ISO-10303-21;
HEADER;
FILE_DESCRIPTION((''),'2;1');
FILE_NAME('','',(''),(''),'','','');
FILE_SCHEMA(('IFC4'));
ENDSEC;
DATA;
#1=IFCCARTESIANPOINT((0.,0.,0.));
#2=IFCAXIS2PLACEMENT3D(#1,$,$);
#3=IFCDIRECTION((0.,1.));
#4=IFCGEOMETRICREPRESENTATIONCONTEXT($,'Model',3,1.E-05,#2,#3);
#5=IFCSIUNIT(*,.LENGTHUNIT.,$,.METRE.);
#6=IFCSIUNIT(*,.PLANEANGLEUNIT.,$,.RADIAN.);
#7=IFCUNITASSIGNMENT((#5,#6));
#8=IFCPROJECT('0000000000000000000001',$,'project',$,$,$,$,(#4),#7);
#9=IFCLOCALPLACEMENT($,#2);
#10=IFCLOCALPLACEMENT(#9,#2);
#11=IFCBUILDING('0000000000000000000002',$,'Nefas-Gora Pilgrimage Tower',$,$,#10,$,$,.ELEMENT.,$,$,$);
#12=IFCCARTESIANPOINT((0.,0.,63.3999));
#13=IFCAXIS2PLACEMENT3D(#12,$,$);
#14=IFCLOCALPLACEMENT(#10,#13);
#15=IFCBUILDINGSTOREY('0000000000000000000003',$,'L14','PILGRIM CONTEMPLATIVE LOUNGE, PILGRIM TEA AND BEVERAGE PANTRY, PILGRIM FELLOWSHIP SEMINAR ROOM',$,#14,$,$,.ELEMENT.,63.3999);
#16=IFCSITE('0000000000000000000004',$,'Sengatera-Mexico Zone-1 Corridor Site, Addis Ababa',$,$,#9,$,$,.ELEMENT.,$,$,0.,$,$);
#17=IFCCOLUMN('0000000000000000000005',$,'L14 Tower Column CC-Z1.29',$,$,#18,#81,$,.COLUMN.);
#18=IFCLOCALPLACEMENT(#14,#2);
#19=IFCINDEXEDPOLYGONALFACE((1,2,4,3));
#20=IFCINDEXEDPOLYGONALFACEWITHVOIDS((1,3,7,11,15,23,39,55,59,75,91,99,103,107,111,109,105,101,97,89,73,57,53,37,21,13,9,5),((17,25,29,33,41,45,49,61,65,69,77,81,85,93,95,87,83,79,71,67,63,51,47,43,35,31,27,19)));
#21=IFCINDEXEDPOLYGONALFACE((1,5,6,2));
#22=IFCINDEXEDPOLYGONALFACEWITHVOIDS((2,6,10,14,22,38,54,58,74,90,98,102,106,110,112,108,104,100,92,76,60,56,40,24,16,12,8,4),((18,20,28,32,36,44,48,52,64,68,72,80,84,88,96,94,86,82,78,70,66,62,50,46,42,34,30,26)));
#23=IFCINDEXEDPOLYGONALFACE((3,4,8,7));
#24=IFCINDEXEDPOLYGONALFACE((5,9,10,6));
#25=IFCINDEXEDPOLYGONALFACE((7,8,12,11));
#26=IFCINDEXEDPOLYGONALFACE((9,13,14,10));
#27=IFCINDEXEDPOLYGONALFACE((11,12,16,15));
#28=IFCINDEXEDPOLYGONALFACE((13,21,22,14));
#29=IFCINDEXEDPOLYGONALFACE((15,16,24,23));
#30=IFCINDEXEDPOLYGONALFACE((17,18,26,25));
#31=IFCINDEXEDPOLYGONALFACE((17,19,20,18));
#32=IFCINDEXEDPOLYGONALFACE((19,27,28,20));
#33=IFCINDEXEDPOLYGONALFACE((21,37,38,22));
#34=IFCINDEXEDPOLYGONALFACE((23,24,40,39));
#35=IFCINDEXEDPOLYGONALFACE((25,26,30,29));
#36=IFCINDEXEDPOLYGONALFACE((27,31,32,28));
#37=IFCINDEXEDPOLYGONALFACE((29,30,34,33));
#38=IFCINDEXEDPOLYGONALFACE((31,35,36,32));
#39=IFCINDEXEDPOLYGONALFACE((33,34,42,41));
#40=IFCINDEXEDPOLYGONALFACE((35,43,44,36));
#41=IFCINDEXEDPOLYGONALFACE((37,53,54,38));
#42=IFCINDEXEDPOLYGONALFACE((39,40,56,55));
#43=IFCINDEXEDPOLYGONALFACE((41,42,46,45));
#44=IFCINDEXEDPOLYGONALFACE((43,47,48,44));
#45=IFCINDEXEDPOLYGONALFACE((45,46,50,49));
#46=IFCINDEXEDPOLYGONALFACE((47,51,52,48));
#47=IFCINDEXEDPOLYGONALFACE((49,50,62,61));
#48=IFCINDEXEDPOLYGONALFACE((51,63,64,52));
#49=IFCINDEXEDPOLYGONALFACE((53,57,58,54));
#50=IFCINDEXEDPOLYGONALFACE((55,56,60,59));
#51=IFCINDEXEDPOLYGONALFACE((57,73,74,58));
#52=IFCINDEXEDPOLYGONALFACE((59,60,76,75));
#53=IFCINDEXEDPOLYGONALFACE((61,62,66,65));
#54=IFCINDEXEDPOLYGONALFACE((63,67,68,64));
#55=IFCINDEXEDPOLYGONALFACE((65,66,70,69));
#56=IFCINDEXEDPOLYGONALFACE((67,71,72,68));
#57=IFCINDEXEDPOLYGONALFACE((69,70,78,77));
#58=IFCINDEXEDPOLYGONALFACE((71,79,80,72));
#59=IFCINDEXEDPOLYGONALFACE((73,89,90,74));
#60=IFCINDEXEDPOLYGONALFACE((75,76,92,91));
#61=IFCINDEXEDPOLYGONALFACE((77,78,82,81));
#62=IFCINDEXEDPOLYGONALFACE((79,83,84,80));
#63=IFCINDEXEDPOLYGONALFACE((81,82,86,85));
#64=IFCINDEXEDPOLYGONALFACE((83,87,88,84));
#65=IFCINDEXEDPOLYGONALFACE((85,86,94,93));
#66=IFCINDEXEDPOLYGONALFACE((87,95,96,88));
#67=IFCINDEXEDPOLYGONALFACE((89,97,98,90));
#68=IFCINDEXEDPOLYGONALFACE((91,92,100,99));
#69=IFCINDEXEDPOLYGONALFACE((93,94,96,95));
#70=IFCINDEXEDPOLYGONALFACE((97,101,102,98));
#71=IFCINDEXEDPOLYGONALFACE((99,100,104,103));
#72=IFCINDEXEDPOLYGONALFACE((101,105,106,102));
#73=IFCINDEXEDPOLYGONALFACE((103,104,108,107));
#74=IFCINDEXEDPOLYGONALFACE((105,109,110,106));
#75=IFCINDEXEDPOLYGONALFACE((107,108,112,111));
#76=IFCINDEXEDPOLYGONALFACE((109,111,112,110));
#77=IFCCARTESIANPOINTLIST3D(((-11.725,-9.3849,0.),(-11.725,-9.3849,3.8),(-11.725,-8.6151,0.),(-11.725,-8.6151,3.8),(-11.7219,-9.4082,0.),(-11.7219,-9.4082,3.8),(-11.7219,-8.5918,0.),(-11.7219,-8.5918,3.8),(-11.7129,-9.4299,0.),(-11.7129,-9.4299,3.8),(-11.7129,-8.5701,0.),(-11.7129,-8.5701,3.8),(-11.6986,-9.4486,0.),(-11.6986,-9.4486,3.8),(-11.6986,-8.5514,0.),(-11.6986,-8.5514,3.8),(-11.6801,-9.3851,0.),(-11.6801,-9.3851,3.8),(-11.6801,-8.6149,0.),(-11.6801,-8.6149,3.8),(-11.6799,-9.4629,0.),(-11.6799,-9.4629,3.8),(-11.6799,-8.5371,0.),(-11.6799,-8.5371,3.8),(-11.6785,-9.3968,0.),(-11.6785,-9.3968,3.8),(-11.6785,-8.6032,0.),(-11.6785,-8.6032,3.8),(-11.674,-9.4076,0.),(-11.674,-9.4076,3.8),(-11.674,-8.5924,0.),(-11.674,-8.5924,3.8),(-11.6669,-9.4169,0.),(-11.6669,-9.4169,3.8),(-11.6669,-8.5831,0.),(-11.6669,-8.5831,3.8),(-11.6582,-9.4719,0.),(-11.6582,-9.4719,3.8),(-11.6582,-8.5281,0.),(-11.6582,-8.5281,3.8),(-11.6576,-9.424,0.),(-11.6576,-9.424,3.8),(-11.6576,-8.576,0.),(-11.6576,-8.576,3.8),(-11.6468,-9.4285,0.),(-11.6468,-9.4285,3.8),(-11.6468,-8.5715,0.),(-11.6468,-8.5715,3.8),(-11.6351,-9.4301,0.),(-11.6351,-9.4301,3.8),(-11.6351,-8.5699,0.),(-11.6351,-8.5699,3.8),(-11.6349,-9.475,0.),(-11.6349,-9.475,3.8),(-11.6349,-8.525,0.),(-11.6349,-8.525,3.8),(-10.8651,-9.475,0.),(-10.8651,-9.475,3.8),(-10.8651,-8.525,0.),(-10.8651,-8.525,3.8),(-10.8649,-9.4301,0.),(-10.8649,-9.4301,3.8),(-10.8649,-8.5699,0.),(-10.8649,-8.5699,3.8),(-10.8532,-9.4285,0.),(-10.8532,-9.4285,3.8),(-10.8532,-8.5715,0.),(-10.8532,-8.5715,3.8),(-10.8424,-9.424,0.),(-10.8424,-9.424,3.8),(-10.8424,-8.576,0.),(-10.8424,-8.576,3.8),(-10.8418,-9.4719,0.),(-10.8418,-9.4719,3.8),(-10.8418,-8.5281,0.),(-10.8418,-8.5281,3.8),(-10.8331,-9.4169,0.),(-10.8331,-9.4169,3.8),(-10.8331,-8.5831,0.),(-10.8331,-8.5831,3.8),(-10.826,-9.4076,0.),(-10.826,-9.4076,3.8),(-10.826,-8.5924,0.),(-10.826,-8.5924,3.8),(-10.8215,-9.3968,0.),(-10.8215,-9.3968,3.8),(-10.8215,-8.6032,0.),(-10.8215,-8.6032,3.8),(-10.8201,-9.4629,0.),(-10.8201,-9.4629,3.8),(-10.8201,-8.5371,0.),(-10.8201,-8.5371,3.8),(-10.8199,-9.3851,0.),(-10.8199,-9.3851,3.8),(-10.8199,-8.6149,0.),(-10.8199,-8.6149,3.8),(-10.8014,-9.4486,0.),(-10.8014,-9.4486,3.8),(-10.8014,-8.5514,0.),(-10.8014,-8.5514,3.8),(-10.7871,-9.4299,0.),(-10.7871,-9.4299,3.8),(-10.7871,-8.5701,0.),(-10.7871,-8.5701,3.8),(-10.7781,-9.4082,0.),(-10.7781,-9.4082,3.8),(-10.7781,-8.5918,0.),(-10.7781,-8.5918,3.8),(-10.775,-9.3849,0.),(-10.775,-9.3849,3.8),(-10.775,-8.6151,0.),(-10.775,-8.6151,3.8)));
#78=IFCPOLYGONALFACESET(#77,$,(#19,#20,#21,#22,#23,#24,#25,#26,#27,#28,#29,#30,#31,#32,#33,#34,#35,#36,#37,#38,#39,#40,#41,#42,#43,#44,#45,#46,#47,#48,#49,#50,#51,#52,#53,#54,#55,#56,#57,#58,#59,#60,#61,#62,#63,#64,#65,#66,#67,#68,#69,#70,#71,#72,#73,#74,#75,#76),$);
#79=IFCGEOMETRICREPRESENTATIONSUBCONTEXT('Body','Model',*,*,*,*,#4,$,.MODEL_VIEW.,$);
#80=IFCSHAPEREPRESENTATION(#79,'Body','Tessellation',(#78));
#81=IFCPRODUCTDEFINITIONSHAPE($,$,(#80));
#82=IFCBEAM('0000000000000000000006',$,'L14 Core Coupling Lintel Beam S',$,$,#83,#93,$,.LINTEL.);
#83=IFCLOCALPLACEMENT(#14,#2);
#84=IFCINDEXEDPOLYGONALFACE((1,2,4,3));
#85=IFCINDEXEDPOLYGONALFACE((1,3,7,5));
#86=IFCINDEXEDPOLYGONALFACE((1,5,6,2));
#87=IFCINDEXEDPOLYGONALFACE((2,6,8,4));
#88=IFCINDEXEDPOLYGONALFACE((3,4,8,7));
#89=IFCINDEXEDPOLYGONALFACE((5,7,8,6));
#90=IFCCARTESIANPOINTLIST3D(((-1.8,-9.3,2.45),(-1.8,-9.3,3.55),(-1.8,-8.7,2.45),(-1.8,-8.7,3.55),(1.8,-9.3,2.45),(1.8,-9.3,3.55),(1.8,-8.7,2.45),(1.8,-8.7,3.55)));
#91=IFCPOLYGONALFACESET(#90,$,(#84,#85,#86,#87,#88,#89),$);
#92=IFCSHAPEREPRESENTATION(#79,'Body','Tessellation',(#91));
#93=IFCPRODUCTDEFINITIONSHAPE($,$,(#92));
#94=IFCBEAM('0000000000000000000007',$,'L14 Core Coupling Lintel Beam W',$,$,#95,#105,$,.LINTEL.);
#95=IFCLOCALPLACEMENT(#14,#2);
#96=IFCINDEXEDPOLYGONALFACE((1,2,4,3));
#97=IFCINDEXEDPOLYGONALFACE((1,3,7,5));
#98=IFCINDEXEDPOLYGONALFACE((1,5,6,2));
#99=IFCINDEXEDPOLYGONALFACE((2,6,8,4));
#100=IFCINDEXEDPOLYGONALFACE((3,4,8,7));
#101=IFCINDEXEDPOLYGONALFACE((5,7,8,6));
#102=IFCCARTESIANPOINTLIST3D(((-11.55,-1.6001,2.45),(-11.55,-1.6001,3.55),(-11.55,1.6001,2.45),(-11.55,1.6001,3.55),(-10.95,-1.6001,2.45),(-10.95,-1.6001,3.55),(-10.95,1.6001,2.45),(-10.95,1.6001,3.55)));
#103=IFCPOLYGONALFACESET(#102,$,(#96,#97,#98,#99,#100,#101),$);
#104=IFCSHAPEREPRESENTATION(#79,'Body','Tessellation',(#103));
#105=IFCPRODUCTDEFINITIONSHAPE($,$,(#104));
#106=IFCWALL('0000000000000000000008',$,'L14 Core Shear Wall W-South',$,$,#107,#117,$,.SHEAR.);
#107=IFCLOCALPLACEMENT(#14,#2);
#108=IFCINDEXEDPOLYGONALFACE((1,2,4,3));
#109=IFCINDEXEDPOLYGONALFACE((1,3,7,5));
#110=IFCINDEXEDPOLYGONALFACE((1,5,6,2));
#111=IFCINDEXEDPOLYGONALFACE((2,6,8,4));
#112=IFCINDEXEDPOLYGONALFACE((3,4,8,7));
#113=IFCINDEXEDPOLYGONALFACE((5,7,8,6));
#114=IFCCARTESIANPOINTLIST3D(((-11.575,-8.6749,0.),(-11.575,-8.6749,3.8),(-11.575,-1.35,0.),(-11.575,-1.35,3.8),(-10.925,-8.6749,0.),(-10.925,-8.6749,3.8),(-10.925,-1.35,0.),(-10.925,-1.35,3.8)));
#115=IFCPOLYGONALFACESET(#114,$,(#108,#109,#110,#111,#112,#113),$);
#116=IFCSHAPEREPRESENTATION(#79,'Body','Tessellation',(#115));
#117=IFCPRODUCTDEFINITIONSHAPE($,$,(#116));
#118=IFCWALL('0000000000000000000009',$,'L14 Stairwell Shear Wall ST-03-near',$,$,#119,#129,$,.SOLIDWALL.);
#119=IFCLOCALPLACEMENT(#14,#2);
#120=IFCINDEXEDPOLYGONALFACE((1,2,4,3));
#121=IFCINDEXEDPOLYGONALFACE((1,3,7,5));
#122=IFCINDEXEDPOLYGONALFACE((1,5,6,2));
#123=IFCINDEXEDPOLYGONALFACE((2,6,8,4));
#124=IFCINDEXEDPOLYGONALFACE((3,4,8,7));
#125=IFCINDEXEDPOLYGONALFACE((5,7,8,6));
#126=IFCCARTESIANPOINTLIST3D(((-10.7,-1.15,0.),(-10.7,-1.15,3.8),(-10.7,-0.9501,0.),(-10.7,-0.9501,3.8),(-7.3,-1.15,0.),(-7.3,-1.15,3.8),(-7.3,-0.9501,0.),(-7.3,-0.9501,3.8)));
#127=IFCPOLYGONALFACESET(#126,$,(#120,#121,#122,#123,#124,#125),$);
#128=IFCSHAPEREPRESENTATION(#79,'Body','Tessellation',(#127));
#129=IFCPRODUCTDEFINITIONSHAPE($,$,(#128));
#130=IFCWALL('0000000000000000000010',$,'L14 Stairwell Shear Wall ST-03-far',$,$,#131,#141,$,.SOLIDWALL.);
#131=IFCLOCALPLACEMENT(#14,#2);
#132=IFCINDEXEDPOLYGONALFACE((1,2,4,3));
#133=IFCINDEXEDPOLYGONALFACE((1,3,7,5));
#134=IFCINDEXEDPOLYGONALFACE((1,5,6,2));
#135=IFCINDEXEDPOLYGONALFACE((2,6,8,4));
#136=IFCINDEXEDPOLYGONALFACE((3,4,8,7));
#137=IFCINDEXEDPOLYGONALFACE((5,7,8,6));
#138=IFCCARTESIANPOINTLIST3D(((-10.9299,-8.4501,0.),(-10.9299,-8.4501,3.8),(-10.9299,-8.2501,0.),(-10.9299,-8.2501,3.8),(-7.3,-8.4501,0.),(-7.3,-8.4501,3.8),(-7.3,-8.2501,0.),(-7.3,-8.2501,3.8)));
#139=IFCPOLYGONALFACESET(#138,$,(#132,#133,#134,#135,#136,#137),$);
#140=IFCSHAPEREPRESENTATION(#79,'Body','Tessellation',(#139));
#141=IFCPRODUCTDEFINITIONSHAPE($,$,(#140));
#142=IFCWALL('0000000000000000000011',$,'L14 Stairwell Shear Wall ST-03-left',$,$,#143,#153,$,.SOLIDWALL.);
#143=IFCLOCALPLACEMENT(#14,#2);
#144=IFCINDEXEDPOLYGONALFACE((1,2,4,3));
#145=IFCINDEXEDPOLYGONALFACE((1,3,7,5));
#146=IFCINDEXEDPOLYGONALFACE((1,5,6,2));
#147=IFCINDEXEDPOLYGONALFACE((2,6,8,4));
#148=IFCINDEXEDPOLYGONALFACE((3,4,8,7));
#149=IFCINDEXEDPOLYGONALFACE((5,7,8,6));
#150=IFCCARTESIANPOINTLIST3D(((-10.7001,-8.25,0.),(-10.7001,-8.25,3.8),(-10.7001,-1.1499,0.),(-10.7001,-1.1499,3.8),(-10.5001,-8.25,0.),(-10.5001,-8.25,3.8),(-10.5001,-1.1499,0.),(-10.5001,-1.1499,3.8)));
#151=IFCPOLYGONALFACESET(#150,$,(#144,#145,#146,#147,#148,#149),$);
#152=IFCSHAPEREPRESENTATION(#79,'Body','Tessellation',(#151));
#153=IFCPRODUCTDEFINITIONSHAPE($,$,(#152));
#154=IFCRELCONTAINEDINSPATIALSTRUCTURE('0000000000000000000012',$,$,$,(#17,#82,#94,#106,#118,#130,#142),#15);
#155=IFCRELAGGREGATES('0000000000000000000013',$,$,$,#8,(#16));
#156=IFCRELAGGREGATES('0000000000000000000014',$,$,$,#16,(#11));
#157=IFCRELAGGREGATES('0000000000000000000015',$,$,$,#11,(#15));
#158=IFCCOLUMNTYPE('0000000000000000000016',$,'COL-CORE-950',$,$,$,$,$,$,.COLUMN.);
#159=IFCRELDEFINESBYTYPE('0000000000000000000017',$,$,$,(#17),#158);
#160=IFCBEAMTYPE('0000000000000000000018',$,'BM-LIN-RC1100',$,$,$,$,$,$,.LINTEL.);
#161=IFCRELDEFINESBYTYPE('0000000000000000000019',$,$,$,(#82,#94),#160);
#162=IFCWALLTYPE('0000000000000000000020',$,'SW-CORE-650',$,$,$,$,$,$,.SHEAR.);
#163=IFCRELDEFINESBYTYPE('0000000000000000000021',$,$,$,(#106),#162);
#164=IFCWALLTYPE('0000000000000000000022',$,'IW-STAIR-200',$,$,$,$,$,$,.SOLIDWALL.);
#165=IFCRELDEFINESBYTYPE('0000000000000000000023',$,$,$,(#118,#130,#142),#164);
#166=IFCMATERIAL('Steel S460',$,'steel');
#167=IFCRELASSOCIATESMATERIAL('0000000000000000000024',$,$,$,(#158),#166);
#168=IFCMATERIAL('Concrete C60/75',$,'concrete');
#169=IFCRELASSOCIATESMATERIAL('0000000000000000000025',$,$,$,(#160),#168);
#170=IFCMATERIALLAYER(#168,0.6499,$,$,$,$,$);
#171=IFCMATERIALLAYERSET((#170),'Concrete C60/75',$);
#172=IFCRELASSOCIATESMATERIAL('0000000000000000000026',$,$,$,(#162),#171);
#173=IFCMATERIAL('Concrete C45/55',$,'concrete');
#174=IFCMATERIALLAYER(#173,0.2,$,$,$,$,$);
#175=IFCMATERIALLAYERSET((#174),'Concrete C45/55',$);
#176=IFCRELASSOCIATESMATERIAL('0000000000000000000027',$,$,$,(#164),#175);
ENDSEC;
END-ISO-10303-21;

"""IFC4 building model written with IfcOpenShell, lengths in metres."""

from ifc_helpers import new_model, si_unit, direction, frame, frame_2d, origin, origin_2d, place, context, subcontext, project, spatial, rectangle, hollow_rectangle, extrude, source, transform, mapped, material, layer, layer_set, material_profile, profile_set, type_object, element, save


model = new_model("IFC4")

# Units and contexts
model_context = context("Model", 3, precision=1e-05, world=origin(), true_north=direction((0.0, 1.0)))
body_context = subcontext(model_context, "Body", "Model", "MODEL_VIEW")
ifc_project = project(units=[si_unit("LENGTHUNIT", "METRE"), si_unit("PLANEANGLEUNIT", "RADIAN")], contexts=[model_context])

# Site, building, storey
site_placement = place(None, origin())
site = spatial("IfcSite", under=ifc_project, at=site_placement, Name="Sengatera-Mexico Zone-1 Corridor Site, Addis Ababa", CompositionType="ELEMENT", RefElevation=0.0)
building_placement = place(site_placement, origin())
building = spatial("IfcBuilding", under=site, at=building_placement, Name="Nefas-Gora Pilgrimage Tower", CompositionType="ELEMENT")
storey_placement = place(building_placement, frame((0.0, 0.0, 63.3999)))
storey = spatial("IfcBuildingStorey", under=building, at=storey_placement, Name="L14", Description="PILGRIM CONTEMPLATIVE LOUNGE, PILGRIM TEA AND BEVERAGE PANTRY, PILGRIM FELLOWSHIP SEMINAR ROOM", CompositionType="ELEMENT", Elevation=63.3999)

# Column
ifc_material_1 = material(Name="Steel S460", Category="steel")
ifc_material_profile_1 = material_profile(ifc_material_1, hollow_rectangle(XDim=0.95, YDim=0.95, WallThickness=0.0449, InnerFilletRadius=0.0449, OuterFilletRadius=0.0901, at=origin_2d()), Name="BOX 950x950x45")
ifc_profile_set_1 = profile_set([ifc_material_profile_1], Name="Steel S460")
column_type = type_object("IfcColumnType", Name="COL-CORE-950", PredefinedType="COLUMN", material=ifc_profile_set_1)
shared_shape_1 = source(origin(), body_context, "Body", "SweptSolid", [
    extrude(hollow_rectangle(XDim=0.95, YDim=0.95, WallThickness=0.0449, InnerFilletRadius=0.0449, OuterFilletRadius=0.0901, at=origin_2d()), origin(), (0.0, 0.0, 1.0), 3.8),
])
column_placement = place(storey_placement, frame((-11.25, -9.0, 0.0), z_axis=(0.0, 0.0, 1.0), x_axis=(1.0, 0.0, 0.0)))
element("IfcColumn", 1, at=column_placement, inside=storey, type_object=column_type, Name="L14 Tower Column CC-Z1.29", PredefinedType="COLUMN", context=body_context, shape_type="MappedRepresentation", body=[
    mapped(shared_shape_1, transform((0.0, 0.0, 0.0), x_axis=(1.0, 0.0, 0.0), y_axis=(0.0, 1.0, 0.0), z_axis=(0.0, 0.0, 1.0), scale=1.0)),
])

# Beams
ifc_material_2 = material(Name="Concrete C60/75", Category="concrete")
ifc_material_profile_2 = material_profile(ifc_material_2, rectangle(XDim=0.6001, YDim=1.1001, at=origin_2d()), Name="RC 600x1100")
ifc_profile_set_2 = profile_set([ifc_material_profile_2], Name="Concrete C60/75")
beam_type = type_object("IfcBeamType", Name="BM-LIN-RC1100", PredefinedType="LINTEL", material=ifc_profile_set_2)
shared_shape_2 = source(origin(), body_context, "Body", "SweptSolid", [
    extrude(rectangle(XDim=0.6001, YDim=1.1001, at=origin_2d()), origin(), (0.0, 0.0, 1.0), 3.6001),
])
beam_1_placement = place(storey_placement, frame((-1.8, -9.0, 3.0), z_axis=(1.0, 0.0, 0.0), x_axis=(0.0, 1.0, 0.0)))
element("IfcBeam", 2, at=beam_1_placement, inside=storey, type_object=beam_type, Name="L14 Core Coupling Lintel Beam S", PredefinedType="LINTEL", context=body_context, shape_type="MappedRepresentation", body=[
    mapped(shared_shape_2, transform((0.0, 0.0, 0.0), x_axis=(1.0, 0.0, 0.0), y_axis=(0.0, 1.0, 0.0), z_axis=(0.0, 0.0, 1.0), scale=1.0)),
])
shared_shape_3 = source(origin(), body_context, "Body", "SweptSolid", [
    extrude(rectangle(XDim=0.6001, YDim=1.1001, at=origin_2d()), origin(), (0.0, 0.0, 1.0), 3.2002),
])
beam_2_placement = place(storey_placement, frame((-11.25, -1.6001, 3.0), z_axis=(0.0, 1.0, 0.0), x_axis=(-1.0, 0.0, 0.0)))
element("IfcBeam", 3, at=beam_2_placement, inside=storey, type_object=beam_type, Name="L14 Core Coupling Lintel Beam W", PredefinedType="LINTEL", context=body_context, shape_type="MappedRepresentation", body=[
    mapped(shared_shape_3, transform((0.0, 0.0, 0.0), x_axis=(1.0, 0.0, 0.0), y_axis=(0.0, 1.0, 0.0), z_axis=(0.0, 0.0, 1.0), scale=1.0)),
])

# Walls
ifc_layer_1 = layer(ifc_material_2, 0.6499)
ifc_layer_set_1 = layer_set([ifc_layer_1], Name="Concrete C60/75")
wall_type_1 = type_object("IfcWallType", Name="SW-CORE-650", PredefinedType="SHEAR", material=ifc_layer_set_1)
shared_shape_4 = source(origin(), body_context, "Body", "SweptSolid", [
    extrude(rectangle(XDim=7.325, YDim=0.6499, at=frame_2d((3.6626, 0.0))), origin(), (0.0, 0.0, 1.0), 3.8),
])
wall_1_placement = place(storey_placement, frame((-11.25, -8.675, 0.0), z_axis=(0.0, 0.0, 1.0), x_axis=(0.0, 1.0, 0.0)))
element("IfcWall", 4, at=wall_1_placement, inside=storey, type_object=wall_type_1, Name="L14 Core Shear Wall W-South", PredefinedType="SHEAR", context=body_context, shape_type="MappedRepresentation", body=[
    mapped(shared_shape_4, transform((0.0, 0.0, 0.0), x_axis=(1.0, 0.0, 0.0), y_axis=(0.0, 1.0, 0.0), z_axis=(0.0, 0.0, 1.0), scale=1.0)),
])
ifc_material_3 = material(Name="Concrete C45/55", Category="concrete")
ifc_layer_2 = layer(ifc_material_3, 0.2)
ifc_layer_set_2 = layer_set([ifc_layer_2], Name="Concrete C45/55")
wall_type_2 = type_object("IfcWallType", Name="IW-STAIR-200", PredefinedType="SOLIDWALL", material=ifc_layer_set_2)
shared_shape_5 = source(origin(), body_context, "Body", "SweptSolid", [
    extrude(rectangle(XDim=3.3999, YDim=0.2, at=frame_2d((1.7, 0.0))), origin(), (0.0, 0.0, 1.0), 3.8),
])
wall_2_placement = place(storey_placement, frame((-10.7, -1.05, 0.0), z_axis=(0.0, 0.0, 1.0), x_axis=(1.0, 0.0, 0.0)))
element("IfcWall", 5, at=wall_2_placement, inside=storey, type_object=wall_type_2, Name="L14 Stairwell Shear Wall ST-03-near", PredefinedType="SOLIDWALL", context=body_context, shape_type="MappedRepresentation", body=[
    mapped(shared_shape_5, transform((0.0, 0.0, 0.0), x_axis=(1.0, 0.0, 0.0), y_axis=(0.0, 1.0, 0.0), z_axis=(0.0, 0.0, 1.0), scale=1.0)),
])
shared_shape_6 = source(origin(), body_context, "Body", "SweptSolid", [
    extrude(rectangle(XDim=3.6299, YDim=0.2, at=frame_2d((1.8149, 0.0))), origin(), (0.0, 0.0, 1.0), 3.8),
])
wall_3_placement = place(storey_placement, frame((-10.9299, -8.3501, 0.0), z_axis=(0.0, 0.0, 1.0), x_axis=(1.0, 0.0, 0.0)))
element("IfcWall", 6, at=wall_3_placement, inside=storey, type_object=wall_type_2, Name="L14 Stairwell Shear Wall ST-03-far", PredefinedType="SOLIDWALL", context=body_context, shape_type="MappedRepresentation", body=[
    mapped(shared_shape_6, transform((0.0, 0.0, 0.0), x_axis=(1.0, 0.0, 0.0), y_axis=(0.0, 1.0, 0.0), z_axis=(0.0, 0.0, 1.0), scale=1.0)),
])
shared_shape_7 = source(origin(), body_context, "Body", "SweptSolid", [
    extrude(rectangle(XDim=7.1001, YDim=0.2, at=frame_2d((3.55, 0.0))), origin(), (0.0, 0.0, 1.0), 3.8),
])
wall_4_placement = place(storey_placement, frame((-10.6001, -1.1499, 0.0), z_axis=(0.0, 0.0, 1.0), x_axis=(0.0, -1.0, 0.0)))
element("IfcWall", 7, at=wall_4_placement, inside=storey, type_object=wall_type_2, Name="L14 Stairwell Shear Wall ST-03-left", PredefinedType="SOLIDWALL", context=body_context, shape_type="MappedRepresentation", body=[
    mapped(shared_shape_7, transform((0.0, 0.0, 0.0), x_axis=(1.0, 0.0, 0.0), y_axis=(0.0, 1.0, 0.0), z_axis=(0.0, 0.0, 1.0), scale=1.0)),
])

save(model, "model.ifc")
